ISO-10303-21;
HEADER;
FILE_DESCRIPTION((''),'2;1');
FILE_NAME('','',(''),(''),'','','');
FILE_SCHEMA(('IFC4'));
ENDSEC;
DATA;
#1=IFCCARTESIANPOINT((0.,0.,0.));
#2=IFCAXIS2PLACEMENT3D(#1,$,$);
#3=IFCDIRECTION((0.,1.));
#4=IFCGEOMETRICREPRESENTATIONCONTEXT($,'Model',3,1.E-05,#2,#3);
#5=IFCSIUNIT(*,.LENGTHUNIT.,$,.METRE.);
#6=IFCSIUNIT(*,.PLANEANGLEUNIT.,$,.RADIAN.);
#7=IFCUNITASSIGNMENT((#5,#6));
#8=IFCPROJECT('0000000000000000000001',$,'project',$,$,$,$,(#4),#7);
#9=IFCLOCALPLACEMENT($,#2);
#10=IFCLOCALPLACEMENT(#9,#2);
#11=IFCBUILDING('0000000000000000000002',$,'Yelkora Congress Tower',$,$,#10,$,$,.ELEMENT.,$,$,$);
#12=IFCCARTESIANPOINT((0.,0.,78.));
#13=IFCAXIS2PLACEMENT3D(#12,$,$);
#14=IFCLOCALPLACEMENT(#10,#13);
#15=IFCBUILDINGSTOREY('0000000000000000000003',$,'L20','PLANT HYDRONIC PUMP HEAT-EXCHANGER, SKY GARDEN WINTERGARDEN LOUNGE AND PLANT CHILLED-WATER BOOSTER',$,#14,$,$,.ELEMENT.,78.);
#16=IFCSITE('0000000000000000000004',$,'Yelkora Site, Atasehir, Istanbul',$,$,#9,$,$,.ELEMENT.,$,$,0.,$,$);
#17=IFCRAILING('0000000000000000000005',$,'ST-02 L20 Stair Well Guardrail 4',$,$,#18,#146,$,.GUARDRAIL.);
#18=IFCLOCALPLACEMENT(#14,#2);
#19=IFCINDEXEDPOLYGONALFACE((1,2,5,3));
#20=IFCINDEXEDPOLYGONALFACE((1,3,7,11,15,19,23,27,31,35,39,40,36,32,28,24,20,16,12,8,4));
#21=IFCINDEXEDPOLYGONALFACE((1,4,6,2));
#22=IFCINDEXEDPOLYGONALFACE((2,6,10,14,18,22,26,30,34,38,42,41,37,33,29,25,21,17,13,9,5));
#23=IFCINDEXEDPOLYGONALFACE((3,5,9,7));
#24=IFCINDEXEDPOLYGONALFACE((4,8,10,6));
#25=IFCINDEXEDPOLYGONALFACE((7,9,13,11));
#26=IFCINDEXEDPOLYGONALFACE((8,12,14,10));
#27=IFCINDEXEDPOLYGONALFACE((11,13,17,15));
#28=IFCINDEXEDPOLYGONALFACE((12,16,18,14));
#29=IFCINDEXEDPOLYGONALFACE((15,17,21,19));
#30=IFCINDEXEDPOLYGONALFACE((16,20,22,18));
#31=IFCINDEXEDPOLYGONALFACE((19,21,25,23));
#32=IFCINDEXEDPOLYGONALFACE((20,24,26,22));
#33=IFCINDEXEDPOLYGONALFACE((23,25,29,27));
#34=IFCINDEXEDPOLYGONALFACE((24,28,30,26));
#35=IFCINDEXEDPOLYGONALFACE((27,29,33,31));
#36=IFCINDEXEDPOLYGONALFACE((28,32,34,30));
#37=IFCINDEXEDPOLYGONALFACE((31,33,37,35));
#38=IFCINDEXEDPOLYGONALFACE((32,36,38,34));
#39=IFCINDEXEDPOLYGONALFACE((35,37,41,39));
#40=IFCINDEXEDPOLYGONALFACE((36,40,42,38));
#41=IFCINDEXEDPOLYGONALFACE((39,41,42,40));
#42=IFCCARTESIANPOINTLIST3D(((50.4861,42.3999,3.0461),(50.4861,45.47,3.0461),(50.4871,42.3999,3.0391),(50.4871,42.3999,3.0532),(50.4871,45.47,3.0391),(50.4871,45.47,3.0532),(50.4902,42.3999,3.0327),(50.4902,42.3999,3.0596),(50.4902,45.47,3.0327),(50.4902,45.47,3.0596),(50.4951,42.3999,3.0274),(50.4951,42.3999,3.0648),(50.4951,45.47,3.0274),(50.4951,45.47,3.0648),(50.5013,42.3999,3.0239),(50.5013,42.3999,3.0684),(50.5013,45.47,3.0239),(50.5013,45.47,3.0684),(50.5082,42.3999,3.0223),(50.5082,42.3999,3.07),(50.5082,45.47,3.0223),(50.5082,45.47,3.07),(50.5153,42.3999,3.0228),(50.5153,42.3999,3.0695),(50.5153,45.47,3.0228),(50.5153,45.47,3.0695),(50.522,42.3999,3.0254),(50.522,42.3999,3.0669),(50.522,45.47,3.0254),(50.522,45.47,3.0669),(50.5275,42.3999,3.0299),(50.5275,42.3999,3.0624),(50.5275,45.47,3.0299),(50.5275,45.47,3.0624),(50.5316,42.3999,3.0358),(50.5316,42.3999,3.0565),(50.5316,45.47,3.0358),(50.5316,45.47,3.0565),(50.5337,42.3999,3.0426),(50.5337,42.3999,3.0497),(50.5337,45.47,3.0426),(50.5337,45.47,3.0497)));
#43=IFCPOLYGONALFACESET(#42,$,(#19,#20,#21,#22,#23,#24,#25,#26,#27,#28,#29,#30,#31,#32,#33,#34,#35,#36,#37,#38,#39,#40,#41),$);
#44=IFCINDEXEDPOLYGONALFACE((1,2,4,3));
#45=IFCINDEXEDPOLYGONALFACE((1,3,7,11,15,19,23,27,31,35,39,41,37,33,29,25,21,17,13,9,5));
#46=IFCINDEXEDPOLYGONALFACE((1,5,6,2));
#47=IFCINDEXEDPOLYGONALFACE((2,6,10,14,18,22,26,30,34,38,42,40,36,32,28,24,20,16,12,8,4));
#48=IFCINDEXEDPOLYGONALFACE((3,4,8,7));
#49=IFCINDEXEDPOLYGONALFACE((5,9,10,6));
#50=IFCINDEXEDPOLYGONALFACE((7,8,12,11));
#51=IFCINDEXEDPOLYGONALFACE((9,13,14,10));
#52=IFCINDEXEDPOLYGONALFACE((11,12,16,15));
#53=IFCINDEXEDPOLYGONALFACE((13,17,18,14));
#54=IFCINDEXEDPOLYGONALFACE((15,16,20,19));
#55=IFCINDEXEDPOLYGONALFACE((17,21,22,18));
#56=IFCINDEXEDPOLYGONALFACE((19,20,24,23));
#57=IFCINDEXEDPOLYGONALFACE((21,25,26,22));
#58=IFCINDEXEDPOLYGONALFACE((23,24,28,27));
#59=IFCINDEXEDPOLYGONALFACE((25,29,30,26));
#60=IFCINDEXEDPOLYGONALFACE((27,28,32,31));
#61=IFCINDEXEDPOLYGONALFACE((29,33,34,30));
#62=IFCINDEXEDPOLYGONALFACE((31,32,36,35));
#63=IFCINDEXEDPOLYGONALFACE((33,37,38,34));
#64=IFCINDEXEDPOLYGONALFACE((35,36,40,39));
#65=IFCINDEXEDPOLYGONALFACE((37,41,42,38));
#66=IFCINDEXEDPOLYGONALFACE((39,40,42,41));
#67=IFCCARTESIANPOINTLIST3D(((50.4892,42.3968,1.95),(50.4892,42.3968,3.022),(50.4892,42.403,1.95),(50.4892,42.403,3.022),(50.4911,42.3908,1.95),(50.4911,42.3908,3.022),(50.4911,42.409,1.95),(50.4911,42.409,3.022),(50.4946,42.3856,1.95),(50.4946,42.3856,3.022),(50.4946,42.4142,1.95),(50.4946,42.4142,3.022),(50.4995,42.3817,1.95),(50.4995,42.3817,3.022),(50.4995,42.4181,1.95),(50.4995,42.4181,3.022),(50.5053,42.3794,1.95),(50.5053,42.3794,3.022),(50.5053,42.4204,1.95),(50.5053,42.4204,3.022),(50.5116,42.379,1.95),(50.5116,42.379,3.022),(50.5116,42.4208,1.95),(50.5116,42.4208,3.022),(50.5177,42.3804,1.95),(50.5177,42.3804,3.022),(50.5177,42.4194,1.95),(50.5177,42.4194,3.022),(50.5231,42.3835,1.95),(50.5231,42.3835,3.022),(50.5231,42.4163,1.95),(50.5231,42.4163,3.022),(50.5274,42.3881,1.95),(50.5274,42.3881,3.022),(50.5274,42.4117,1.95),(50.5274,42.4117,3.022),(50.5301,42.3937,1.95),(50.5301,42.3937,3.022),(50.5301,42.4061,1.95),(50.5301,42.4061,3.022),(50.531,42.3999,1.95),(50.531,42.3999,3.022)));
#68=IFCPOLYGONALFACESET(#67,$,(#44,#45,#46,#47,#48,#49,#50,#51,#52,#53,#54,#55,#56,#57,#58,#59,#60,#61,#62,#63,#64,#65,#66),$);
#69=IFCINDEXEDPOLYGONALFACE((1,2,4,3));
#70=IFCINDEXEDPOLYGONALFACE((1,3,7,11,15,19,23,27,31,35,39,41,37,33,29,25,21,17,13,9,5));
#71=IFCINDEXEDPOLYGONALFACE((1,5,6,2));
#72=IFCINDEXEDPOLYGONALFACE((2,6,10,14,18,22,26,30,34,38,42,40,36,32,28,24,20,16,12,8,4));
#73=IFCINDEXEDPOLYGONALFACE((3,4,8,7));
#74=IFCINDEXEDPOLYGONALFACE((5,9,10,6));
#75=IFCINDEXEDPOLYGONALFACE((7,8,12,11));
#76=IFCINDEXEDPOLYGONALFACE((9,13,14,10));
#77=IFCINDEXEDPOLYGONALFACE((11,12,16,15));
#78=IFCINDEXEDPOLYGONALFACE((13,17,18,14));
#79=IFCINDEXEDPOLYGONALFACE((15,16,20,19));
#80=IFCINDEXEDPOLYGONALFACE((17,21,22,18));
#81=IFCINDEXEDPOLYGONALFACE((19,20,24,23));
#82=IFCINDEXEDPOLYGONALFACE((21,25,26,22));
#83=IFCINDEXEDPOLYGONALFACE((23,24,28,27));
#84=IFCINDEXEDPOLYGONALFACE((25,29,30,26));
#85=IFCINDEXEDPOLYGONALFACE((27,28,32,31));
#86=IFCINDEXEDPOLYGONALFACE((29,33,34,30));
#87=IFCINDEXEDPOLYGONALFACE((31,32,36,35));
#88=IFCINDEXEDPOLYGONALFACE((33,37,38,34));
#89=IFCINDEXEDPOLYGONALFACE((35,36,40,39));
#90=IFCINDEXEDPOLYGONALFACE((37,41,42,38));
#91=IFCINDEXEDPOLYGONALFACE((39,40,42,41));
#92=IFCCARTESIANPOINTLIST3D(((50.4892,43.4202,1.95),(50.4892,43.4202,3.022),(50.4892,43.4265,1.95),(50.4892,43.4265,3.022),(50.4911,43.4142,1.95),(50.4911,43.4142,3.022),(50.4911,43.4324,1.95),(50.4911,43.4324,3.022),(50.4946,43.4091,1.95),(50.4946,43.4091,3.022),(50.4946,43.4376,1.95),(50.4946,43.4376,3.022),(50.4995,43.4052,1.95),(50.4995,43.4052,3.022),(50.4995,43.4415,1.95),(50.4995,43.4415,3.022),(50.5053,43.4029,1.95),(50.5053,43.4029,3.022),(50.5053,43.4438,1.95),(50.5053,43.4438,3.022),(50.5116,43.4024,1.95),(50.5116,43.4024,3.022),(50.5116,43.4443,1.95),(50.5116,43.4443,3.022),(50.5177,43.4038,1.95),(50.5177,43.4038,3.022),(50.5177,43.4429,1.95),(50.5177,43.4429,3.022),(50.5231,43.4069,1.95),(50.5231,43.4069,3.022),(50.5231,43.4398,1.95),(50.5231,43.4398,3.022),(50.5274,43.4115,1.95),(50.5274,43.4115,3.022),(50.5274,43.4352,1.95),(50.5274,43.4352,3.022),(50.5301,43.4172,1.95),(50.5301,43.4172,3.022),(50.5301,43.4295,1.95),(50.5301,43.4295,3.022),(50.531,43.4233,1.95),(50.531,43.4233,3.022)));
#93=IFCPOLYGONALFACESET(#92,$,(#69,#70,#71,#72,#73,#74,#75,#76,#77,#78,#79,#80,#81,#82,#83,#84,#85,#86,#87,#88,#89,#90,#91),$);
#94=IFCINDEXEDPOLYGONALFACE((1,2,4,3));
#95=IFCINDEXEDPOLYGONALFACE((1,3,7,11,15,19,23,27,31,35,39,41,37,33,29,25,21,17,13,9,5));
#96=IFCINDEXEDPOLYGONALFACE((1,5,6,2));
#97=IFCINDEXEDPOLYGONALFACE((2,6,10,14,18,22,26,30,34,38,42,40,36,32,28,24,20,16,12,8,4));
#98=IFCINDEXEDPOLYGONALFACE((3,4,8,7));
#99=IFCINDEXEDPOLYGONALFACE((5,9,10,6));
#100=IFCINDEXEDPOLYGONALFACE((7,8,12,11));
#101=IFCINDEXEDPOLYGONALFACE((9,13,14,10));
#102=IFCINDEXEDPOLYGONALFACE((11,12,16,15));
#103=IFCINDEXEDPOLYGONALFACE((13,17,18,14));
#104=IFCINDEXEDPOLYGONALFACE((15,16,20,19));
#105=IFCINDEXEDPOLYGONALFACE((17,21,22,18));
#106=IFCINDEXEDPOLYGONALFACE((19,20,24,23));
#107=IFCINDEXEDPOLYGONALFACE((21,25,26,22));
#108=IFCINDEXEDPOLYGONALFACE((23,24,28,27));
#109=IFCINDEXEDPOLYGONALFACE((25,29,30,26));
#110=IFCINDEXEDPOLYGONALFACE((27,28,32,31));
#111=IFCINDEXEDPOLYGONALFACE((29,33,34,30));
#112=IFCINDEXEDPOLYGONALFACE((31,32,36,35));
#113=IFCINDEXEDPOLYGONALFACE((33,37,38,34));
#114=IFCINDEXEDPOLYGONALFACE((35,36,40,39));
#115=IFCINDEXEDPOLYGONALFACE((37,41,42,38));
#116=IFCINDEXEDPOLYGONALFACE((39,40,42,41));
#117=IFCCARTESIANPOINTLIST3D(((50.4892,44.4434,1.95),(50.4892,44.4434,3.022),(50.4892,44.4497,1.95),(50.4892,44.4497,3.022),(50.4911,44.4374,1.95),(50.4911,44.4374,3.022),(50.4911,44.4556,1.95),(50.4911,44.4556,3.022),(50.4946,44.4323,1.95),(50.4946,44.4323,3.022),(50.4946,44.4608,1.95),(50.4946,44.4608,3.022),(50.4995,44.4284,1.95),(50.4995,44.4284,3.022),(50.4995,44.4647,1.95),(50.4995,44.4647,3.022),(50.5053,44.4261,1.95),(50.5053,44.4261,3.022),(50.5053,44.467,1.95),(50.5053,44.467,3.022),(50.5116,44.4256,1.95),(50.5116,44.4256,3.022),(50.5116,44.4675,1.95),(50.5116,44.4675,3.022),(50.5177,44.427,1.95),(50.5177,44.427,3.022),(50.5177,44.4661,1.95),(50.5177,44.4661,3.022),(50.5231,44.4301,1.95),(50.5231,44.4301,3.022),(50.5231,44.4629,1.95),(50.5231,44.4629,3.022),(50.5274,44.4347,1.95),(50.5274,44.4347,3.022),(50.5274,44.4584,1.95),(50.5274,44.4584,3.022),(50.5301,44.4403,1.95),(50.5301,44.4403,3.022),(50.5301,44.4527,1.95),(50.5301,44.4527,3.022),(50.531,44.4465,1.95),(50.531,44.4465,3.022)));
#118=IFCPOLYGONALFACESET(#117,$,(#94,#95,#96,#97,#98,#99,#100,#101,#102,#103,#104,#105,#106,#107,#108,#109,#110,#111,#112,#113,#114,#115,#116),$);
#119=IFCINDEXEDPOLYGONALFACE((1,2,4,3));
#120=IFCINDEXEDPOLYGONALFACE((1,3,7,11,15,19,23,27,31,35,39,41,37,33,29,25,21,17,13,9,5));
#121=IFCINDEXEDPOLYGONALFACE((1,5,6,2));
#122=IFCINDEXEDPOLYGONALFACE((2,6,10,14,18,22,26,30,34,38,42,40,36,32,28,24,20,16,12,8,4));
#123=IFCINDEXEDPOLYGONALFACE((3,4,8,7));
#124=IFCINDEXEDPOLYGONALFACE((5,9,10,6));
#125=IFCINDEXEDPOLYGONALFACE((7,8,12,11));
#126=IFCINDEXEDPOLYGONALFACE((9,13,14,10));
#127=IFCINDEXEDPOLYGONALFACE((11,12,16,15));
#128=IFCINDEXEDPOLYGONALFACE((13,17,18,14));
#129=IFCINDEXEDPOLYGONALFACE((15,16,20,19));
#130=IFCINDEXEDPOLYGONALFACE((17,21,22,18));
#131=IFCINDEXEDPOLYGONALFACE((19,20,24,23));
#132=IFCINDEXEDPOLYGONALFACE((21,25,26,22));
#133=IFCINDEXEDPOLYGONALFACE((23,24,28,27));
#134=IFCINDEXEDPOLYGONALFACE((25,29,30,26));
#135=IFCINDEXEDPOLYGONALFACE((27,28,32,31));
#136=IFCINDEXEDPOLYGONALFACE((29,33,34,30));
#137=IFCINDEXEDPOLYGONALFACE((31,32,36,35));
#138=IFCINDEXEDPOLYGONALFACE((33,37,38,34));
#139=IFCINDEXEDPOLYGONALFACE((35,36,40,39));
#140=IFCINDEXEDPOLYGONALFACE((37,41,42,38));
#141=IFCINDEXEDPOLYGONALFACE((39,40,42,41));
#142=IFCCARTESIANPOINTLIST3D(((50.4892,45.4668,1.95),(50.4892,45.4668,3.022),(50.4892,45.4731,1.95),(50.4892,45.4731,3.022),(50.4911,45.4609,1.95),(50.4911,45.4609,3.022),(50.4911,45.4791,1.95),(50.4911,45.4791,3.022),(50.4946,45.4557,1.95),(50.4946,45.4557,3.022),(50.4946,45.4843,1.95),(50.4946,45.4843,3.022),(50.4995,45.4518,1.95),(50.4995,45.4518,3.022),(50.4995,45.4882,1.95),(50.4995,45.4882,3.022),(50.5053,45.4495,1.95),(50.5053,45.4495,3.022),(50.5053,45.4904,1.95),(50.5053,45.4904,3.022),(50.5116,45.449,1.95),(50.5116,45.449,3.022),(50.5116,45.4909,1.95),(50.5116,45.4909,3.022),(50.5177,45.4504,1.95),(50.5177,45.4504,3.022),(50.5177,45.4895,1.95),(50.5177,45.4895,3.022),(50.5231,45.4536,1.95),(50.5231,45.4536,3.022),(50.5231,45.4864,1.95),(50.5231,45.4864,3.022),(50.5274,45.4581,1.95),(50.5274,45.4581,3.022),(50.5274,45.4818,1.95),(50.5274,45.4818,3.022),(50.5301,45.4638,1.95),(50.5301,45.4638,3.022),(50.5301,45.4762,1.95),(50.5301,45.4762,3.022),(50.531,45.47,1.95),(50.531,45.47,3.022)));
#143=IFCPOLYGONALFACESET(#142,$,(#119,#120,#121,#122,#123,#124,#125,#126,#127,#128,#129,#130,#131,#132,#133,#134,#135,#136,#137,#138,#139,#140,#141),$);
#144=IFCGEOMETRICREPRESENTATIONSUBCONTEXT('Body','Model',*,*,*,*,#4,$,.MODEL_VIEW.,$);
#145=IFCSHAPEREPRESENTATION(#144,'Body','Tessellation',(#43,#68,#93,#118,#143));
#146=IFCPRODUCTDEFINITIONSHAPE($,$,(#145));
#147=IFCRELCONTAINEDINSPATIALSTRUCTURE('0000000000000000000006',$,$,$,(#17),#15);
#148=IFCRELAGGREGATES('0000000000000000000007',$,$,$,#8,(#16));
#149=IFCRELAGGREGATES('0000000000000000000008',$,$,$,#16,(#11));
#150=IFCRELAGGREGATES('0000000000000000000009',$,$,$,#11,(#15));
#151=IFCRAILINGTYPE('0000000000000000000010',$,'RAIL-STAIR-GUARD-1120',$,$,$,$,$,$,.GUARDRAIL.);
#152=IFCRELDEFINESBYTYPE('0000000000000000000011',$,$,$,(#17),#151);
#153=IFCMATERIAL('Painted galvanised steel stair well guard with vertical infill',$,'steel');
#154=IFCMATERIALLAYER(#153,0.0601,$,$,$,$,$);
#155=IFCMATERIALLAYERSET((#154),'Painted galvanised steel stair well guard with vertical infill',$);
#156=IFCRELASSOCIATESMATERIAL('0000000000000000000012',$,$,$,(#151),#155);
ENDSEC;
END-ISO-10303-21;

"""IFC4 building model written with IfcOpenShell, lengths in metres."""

from ifc_helpers import new_model, si_unit, direction, frame, origin, origin_2d, place, context, subcontext, project, spatial, circle, extrude, material, layer, layer_set, type_object, element, save


model = new_model("IFC4")

# Units and contexts
model_context = context("Model", 3, precision=1e-05, world=origin(), true_north=direction((0.0, 1.0)))
body_context = subcontext(model_context, "Body", "Model", "MODEL_VIEW")
ifc_project = project(units=[si_unit("LENGTHUNIT", "METRE"), si_unit("PLANEANGLEUNIT", "RADIAN")], contexts=[model_context])

# Site, building, storey
site_placement = place(None, origin())
site = spatial("IfcSite", under=ifc_project, at=site_placement, Name="Yelkora Site, Atasehir, Istanbul", CompositionType="ELEMENT", RefElevation=0.0)
building_placement = place(site_placement, origin())
building = spatial("IfcBuilding", under=site, at=building_placement, Name="Yelkora Congress Tower", CompositionType="ELEMENT")
storey_placement = place(building_placement, frame((0.0, 0.0, 78.0)))
storey = spatial("IfcBuildingStorey", under=building, at=storey_placement, Name="L20", Description="PLANT HYDRONIC PUMP HEAT-EXCHANGER, SKY GARDEN WINTERGARDEN LOUNGE AND PLANT CHILLED-WATER BOOSTER", CompositionType="ELEMENT", Elevation=78.0)

# Railing
ifc_material_1 = material(Name="Painted galvanised steel stair well guard with vertical infill", Category="steel")
ifc_layer_1 = layer(ifc_material_1, 0.0601)
ifc_layer_set_1 = layer_set([ifc_layer_1], Name="Painted galvanised steel stair well guard with vertical infill")
railing_type_1 = type_object("IfcRailingType", Name="RAIL-STAIR-GUARD-1120", PredefinedType="GUARDRAIL", material=ifc_layer_set_1)
for number, where, name in (
    (1, (50.51, 42.3999, 1.95), "ST-02 L20 Stair Well Guardrail 4"),
):
    element("IfcRailing", number, at=place(storey_placement, frame(where)), inside=storey, type_object=railing_type_1, Name=name, PredefinedType="GUARDRAIL", context=body_context, shape_type="SweptSolid", body=[
        extrude(circle(Radius=0.0239, at=origin_2d()), frame((0.0, 0.0, 1.0962), z_axis=(0.0, 1.0, 0.0), x_axis=(-1.0, 0.0, 0.0)), (0.0, 0.0, 1.0), 3.0701),
        extrude(circle(Radius=0.021, at=origin_2d()), origin(), (0.0, 0.0, 1.0), 1.072),
        extrude(circle(Radius=0.021, at=origin_2d()), frame((0.0, 1.0234, 0.0)), (0.0, 0.0, 1.0), 1.072),
        extrude(circle(Radius=0.021, at=origin_2d()), frame((0.0, 2.0466, 0.0)), (0.0, 0.0, 1.0), 1.072),
        extrude(circle(Radius=0.021, at=origin_2d()), frame((0.0, 3.0701, 0.0)), (0.0, 0.0, 1.0), 1.072),
    ])

save(model, "model.ifc")
